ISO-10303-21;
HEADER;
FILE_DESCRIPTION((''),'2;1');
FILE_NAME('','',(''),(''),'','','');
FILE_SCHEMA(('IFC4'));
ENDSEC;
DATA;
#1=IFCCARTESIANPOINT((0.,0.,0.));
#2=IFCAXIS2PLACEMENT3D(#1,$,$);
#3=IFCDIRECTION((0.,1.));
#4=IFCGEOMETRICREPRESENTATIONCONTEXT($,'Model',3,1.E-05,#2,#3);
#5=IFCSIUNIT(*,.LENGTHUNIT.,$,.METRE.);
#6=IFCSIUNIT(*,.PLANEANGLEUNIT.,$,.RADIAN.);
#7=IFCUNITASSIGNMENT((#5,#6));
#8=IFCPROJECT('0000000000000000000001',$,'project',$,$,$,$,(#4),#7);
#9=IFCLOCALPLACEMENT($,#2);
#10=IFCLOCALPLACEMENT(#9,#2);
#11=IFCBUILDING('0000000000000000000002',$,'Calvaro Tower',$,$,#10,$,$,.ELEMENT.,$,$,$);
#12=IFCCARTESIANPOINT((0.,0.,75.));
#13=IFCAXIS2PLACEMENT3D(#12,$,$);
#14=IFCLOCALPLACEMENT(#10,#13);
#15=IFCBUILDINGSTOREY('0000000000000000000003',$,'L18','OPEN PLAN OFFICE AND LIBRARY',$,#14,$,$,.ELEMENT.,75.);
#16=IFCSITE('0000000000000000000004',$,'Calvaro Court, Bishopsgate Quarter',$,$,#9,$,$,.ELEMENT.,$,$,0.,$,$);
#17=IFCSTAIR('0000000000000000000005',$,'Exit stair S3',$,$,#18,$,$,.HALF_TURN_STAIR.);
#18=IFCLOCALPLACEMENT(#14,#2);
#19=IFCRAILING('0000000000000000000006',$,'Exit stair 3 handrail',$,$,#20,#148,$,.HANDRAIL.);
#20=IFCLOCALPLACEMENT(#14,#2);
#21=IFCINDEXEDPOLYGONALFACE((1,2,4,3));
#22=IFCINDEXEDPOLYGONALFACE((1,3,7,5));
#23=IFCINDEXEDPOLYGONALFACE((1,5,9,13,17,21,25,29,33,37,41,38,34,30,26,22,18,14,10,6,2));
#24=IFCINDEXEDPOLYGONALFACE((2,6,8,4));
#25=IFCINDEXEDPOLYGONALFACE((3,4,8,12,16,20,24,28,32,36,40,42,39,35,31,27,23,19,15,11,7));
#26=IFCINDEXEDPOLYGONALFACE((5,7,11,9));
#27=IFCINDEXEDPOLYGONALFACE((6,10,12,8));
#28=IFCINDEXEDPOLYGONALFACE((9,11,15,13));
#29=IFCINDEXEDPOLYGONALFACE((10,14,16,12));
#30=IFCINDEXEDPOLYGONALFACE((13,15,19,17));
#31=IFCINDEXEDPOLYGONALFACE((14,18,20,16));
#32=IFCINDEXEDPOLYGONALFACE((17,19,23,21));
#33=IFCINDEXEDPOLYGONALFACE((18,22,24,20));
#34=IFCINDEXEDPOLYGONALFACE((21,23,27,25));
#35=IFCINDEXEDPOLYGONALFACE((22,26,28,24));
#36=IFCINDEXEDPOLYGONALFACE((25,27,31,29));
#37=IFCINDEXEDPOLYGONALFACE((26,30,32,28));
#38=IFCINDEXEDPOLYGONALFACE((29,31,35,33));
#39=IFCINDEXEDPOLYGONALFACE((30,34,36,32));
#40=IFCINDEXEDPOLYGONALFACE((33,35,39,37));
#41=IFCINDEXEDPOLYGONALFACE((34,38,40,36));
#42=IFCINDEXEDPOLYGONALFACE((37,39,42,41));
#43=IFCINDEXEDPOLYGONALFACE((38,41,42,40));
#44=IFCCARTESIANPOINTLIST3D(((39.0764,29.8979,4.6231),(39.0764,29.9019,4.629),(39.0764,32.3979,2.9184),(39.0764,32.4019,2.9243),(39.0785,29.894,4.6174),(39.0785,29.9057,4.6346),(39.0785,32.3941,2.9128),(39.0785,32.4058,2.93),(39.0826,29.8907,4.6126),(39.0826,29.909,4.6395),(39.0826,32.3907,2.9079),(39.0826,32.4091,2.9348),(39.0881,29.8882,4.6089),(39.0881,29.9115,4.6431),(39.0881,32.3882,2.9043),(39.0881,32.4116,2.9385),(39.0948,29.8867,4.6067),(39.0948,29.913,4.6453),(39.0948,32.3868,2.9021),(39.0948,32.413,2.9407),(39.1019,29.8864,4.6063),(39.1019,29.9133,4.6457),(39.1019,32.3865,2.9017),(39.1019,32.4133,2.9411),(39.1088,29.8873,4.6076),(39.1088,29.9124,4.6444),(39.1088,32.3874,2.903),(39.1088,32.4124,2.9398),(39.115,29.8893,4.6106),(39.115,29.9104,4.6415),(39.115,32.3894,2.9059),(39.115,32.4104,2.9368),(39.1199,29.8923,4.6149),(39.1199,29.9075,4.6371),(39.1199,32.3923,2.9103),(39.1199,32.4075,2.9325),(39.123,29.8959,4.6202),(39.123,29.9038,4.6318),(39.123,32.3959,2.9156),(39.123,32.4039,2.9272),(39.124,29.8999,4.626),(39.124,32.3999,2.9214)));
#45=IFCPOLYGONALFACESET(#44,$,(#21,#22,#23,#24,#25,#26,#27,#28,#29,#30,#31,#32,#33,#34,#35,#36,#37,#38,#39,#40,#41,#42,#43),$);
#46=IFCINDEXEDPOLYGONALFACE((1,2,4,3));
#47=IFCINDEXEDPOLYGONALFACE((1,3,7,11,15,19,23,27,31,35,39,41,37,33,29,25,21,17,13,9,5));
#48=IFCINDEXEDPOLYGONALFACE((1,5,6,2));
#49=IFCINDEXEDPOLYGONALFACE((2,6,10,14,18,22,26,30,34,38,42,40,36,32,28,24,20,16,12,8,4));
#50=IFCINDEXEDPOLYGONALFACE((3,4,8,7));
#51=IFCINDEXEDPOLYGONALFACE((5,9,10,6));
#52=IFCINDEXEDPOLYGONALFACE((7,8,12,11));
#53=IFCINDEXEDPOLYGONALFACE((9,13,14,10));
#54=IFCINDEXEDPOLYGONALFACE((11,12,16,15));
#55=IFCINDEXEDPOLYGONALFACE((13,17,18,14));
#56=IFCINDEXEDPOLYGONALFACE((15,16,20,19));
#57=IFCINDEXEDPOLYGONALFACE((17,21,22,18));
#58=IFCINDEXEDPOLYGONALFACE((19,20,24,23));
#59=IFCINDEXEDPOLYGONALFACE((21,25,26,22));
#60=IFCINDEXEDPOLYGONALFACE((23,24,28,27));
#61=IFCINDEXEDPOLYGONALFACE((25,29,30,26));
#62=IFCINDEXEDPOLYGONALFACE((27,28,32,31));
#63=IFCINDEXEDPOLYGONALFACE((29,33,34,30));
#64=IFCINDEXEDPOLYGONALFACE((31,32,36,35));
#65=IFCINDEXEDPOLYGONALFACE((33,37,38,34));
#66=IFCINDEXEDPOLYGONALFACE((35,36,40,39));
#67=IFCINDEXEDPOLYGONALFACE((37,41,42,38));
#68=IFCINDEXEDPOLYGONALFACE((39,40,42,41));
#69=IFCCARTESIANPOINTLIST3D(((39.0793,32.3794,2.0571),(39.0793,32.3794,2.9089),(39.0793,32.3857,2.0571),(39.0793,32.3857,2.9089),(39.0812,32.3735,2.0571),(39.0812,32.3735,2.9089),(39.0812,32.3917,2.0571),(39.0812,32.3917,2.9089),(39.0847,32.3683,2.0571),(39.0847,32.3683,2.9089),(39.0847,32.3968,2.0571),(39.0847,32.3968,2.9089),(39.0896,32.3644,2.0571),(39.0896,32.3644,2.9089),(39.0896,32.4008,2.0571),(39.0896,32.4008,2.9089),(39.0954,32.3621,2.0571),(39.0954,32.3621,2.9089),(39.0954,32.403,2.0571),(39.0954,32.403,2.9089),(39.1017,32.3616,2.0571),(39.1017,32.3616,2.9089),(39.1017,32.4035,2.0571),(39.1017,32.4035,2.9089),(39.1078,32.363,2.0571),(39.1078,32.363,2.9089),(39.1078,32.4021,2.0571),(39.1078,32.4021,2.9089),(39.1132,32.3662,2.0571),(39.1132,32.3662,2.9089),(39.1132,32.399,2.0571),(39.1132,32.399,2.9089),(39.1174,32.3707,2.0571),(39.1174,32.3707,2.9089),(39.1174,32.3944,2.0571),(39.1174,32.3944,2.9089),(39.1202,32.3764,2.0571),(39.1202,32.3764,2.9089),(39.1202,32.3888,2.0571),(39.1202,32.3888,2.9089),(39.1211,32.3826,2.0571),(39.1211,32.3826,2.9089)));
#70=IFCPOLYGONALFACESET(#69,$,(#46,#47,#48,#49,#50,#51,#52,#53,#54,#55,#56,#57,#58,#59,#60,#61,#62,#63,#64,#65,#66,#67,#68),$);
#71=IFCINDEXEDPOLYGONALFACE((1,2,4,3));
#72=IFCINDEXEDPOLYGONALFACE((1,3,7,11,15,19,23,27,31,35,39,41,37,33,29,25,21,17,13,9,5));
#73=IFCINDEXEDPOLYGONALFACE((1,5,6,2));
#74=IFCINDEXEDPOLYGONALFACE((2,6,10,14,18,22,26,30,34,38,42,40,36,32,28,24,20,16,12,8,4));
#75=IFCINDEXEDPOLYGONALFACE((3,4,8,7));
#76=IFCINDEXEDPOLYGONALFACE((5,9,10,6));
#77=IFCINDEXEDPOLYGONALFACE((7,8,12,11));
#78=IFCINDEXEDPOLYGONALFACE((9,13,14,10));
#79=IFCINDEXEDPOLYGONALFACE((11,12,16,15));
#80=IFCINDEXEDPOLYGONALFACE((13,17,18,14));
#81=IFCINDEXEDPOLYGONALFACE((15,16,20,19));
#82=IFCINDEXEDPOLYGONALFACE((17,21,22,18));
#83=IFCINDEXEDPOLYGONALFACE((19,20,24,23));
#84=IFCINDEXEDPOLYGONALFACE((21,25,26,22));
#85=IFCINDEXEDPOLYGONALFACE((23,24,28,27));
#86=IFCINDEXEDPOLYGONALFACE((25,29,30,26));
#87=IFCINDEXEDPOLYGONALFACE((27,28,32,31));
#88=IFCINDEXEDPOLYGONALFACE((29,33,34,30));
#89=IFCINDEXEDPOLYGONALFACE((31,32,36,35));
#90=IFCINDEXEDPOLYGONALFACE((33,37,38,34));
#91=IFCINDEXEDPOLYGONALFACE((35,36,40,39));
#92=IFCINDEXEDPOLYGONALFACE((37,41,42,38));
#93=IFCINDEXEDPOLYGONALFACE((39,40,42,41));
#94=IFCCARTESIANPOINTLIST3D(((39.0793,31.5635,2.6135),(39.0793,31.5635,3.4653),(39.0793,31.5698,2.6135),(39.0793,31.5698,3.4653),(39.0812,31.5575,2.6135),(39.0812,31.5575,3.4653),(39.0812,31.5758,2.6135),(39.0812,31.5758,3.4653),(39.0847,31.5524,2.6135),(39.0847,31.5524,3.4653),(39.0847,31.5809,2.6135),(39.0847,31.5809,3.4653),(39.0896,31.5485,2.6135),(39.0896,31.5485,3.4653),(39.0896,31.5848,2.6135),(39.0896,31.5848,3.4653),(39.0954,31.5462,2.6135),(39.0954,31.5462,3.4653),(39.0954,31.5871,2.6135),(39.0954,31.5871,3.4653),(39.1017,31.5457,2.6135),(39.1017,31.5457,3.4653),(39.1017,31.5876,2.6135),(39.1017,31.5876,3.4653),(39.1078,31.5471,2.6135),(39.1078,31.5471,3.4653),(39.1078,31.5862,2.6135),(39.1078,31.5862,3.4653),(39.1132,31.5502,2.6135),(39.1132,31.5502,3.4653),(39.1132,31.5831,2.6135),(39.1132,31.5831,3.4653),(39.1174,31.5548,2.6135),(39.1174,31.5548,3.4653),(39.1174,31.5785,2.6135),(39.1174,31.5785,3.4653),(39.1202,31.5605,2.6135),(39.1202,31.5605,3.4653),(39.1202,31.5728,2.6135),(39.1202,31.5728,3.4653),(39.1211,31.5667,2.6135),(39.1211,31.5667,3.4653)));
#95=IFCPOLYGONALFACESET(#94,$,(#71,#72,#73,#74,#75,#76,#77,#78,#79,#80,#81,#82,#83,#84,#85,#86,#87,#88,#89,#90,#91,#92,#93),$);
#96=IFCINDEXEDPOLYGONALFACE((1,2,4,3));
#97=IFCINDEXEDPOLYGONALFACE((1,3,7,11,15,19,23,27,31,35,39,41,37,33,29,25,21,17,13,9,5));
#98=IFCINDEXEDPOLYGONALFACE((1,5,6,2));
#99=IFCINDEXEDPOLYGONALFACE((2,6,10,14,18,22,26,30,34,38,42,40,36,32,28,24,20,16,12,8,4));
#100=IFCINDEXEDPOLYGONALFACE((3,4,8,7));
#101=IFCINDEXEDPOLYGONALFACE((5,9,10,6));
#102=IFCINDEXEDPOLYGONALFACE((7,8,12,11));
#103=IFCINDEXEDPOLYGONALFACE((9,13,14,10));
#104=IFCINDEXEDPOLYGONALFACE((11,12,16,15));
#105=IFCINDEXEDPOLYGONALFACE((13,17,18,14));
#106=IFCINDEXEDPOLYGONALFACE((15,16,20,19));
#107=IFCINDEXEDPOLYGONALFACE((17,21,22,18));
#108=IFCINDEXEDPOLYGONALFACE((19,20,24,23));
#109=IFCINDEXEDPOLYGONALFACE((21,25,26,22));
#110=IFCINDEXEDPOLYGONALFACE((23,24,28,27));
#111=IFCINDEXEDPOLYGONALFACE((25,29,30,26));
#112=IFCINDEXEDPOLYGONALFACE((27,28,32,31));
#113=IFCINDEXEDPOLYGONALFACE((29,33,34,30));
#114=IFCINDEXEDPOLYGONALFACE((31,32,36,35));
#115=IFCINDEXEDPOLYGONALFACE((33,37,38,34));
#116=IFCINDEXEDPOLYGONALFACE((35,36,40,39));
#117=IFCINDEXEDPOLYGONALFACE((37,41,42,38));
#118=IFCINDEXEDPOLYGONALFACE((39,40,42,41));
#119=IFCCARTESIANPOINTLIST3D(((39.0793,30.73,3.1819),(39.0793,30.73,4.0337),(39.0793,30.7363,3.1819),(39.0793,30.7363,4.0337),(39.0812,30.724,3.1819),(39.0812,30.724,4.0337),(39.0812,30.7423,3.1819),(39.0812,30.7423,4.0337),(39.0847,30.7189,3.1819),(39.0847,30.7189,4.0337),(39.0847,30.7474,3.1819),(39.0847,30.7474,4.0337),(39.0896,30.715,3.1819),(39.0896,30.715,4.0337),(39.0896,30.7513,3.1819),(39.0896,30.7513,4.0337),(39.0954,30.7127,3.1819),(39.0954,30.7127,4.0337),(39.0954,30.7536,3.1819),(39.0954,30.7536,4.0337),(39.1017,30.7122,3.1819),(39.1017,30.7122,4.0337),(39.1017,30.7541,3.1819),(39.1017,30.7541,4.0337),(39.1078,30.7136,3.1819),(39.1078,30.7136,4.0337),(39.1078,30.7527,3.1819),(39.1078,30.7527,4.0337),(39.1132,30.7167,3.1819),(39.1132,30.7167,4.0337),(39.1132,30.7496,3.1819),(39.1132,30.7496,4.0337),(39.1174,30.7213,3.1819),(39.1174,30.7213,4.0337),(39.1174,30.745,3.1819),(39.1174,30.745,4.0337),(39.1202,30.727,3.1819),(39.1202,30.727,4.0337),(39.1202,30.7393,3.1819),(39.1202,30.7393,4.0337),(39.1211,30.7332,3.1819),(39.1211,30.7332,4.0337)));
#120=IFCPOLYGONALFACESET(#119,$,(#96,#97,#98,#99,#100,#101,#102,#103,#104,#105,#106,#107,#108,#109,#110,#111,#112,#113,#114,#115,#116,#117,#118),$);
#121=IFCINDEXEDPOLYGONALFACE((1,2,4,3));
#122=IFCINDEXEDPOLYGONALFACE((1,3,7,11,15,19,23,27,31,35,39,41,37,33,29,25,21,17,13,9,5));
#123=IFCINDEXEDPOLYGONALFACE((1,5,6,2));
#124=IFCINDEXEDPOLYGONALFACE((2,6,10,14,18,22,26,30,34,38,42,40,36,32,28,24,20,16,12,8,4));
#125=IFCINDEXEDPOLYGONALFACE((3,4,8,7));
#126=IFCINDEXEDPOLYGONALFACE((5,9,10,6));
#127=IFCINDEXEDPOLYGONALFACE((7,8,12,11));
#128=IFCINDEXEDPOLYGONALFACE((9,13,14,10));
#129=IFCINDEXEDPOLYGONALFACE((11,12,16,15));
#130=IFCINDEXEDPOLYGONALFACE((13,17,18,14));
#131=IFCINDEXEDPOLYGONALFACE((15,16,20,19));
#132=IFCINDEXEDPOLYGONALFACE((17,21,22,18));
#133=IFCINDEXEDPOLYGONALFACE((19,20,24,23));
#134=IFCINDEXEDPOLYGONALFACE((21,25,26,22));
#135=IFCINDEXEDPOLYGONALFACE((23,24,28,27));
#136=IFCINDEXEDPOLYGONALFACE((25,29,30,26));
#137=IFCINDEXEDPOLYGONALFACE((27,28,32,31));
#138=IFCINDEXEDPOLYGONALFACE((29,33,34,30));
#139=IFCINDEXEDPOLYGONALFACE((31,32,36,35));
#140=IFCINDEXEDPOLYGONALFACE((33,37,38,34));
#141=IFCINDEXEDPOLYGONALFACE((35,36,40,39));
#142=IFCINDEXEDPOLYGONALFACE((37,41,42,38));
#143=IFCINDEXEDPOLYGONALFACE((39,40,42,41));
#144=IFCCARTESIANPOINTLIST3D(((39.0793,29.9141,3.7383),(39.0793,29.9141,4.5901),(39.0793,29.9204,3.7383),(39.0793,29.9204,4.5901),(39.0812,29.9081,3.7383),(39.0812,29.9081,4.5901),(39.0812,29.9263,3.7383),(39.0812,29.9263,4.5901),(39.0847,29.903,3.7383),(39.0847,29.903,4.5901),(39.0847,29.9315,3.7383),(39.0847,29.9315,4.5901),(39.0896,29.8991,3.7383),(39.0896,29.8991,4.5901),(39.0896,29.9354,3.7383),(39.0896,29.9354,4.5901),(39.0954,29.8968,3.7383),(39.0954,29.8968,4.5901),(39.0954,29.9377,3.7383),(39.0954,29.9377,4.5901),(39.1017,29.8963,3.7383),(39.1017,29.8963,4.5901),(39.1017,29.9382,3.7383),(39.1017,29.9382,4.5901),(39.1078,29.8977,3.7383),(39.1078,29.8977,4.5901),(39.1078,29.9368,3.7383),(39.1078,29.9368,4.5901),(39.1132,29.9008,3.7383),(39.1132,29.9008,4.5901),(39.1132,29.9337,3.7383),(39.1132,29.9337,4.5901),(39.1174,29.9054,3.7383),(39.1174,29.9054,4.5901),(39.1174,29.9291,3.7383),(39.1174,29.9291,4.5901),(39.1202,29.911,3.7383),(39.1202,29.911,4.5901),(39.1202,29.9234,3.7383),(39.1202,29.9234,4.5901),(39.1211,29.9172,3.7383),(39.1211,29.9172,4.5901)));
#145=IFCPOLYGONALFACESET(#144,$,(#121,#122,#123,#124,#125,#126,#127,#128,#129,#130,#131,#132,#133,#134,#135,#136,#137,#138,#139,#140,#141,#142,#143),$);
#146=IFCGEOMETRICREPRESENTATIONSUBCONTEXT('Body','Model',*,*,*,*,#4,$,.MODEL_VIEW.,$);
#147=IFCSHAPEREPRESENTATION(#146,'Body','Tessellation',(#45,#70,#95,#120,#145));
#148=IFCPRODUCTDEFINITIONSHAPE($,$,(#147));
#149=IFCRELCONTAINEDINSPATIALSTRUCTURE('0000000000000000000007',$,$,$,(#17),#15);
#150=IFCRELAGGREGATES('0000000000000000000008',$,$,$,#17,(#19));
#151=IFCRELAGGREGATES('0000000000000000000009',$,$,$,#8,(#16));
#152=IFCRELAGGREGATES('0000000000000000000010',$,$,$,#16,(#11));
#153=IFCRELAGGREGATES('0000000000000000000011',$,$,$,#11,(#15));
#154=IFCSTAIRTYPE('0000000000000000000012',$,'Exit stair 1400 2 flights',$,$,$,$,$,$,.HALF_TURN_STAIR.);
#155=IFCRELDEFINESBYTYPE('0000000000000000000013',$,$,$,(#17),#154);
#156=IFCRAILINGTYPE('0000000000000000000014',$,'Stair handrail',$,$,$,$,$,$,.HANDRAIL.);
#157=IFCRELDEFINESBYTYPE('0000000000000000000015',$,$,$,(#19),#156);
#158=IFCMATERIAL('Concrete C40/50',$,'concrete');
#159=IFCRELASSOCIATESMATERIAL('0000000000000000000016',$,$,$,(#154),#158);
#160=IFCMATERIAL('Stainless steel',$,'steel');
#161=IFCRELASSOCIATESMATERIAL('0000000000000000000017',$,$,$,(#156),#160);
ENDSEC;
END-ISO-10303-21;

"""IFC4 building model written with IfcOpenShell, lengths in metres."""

from ifc_helpers import new_model, si_unit, direction, frame, origin, origin_2d, place, context, subcontext, project, spatial, circle, extrude, material, type_object, element, aggregate, save


model = new_model("IFC4")

# Units and contexts
model_context = context("Model", 3, precision=1e-05, world=origin(), true_north=direction((0.0, 1.0)))
body_context = subcontext(model_context, "Body", "Model", "MODEL_VIEW")
ifc_project = project(units=[si_unit("LENGTHUNIT", "METRE"), si_unit("PLANEANGLEUNIT", "RADIAN")], contexts=[model_context])

# Site, building, storey
site_placement = place(None, origin())
site = spatial("IfcSite", under=ifc_project, at=site_placement, Name="Calvaro Court, Bishopsgate Quarter", CompositionType="ELEMENT", RefElevation=0.0)
building_placement = place(site_placement, origin())
building = spatial("IfcBuilding", under=site, at=building_placement, Name="Calvaro Tower", CompositionType="ELEMENT")
storey_placement = place(building_placement, frame((0.0, 0.0, 75.0)))
storey = spatial("IfcBuildingStorey", under=building, at=storey_placement, Name="L18", Description="OPEN PLAN OFFICE AND LIBRARY", CompositionType="ELEMENT", Elevation=75.0)

# Stair
ifc_material_1 = material(Name="Concrete C40/50", Category="concrete")
stair_type = type_object("IfcStairType", Name="Exit stair 1400 2 flights", PredefinedType="HALF_TURN_STAIR", material=ifc_material_1)
stair_1_placement = place(storey_placement, origin())
stair_1 = element("IfcStair", 1, at=stair_1_placement, inside=storey, type_object=stair_type, Name="Exit stair S3", PredefinedType="HALF_TURN_STAIR")

# Railing
ifc_material_2 = material(Name="Stainless steel", Category="steel")
railing_type = type_object("IfcRailingType", Name="Stair handrail", PredefinedType="HANDRAIL", material=ifc_material_2)
railing_1_placement = place(storey_placement, frame((39.1001, 32.3999, 2.0454)))
railing_1 = element("IfcRailing", 2, at=railing_1_placement, type_object=railing_type, Name="Exit stair 3 handrail", PredefinedType="HANDRAIL", context=body_context, shape_type="SweptSolid", body=[
    extrude(circle(Radius=0.0239, at=origin_2d()), frame((0.0, 0.0, 0.876), z_axis=(0.0, -0.826221, 0.563347), x_axis=(1.0, 0.0, 0.0)), (0.0, 0.0, 1.0), 3.0259),
    extrude(circle(Radius=0.021, at=origin_2d()), frame((0.0, -0.0173, 0.0117)), (0.0, 0.0, 1.0), 0.8518),
    extrude(circle(Radius=0.021, at=origin_2d()), frame((0.0, -0.8333, 0.5681)), (0.0, 0.0, 1.0), 0.8518),
    extrude(circle(Radius=0.021, at=origin_2d()), frame((0.0, -1.6667, 1.1365)), (0.0, 0.0, 1.0), 0.8518),
    extrude(circle(Radius=0.021, at=origin_2d()), frame((0.0, -2.4827, 1.6929)), (0.0, 0.0, 1.0), 0.8518),
])
aggregate(stair_1, [railing_1])

save(model, "model.ifc")
